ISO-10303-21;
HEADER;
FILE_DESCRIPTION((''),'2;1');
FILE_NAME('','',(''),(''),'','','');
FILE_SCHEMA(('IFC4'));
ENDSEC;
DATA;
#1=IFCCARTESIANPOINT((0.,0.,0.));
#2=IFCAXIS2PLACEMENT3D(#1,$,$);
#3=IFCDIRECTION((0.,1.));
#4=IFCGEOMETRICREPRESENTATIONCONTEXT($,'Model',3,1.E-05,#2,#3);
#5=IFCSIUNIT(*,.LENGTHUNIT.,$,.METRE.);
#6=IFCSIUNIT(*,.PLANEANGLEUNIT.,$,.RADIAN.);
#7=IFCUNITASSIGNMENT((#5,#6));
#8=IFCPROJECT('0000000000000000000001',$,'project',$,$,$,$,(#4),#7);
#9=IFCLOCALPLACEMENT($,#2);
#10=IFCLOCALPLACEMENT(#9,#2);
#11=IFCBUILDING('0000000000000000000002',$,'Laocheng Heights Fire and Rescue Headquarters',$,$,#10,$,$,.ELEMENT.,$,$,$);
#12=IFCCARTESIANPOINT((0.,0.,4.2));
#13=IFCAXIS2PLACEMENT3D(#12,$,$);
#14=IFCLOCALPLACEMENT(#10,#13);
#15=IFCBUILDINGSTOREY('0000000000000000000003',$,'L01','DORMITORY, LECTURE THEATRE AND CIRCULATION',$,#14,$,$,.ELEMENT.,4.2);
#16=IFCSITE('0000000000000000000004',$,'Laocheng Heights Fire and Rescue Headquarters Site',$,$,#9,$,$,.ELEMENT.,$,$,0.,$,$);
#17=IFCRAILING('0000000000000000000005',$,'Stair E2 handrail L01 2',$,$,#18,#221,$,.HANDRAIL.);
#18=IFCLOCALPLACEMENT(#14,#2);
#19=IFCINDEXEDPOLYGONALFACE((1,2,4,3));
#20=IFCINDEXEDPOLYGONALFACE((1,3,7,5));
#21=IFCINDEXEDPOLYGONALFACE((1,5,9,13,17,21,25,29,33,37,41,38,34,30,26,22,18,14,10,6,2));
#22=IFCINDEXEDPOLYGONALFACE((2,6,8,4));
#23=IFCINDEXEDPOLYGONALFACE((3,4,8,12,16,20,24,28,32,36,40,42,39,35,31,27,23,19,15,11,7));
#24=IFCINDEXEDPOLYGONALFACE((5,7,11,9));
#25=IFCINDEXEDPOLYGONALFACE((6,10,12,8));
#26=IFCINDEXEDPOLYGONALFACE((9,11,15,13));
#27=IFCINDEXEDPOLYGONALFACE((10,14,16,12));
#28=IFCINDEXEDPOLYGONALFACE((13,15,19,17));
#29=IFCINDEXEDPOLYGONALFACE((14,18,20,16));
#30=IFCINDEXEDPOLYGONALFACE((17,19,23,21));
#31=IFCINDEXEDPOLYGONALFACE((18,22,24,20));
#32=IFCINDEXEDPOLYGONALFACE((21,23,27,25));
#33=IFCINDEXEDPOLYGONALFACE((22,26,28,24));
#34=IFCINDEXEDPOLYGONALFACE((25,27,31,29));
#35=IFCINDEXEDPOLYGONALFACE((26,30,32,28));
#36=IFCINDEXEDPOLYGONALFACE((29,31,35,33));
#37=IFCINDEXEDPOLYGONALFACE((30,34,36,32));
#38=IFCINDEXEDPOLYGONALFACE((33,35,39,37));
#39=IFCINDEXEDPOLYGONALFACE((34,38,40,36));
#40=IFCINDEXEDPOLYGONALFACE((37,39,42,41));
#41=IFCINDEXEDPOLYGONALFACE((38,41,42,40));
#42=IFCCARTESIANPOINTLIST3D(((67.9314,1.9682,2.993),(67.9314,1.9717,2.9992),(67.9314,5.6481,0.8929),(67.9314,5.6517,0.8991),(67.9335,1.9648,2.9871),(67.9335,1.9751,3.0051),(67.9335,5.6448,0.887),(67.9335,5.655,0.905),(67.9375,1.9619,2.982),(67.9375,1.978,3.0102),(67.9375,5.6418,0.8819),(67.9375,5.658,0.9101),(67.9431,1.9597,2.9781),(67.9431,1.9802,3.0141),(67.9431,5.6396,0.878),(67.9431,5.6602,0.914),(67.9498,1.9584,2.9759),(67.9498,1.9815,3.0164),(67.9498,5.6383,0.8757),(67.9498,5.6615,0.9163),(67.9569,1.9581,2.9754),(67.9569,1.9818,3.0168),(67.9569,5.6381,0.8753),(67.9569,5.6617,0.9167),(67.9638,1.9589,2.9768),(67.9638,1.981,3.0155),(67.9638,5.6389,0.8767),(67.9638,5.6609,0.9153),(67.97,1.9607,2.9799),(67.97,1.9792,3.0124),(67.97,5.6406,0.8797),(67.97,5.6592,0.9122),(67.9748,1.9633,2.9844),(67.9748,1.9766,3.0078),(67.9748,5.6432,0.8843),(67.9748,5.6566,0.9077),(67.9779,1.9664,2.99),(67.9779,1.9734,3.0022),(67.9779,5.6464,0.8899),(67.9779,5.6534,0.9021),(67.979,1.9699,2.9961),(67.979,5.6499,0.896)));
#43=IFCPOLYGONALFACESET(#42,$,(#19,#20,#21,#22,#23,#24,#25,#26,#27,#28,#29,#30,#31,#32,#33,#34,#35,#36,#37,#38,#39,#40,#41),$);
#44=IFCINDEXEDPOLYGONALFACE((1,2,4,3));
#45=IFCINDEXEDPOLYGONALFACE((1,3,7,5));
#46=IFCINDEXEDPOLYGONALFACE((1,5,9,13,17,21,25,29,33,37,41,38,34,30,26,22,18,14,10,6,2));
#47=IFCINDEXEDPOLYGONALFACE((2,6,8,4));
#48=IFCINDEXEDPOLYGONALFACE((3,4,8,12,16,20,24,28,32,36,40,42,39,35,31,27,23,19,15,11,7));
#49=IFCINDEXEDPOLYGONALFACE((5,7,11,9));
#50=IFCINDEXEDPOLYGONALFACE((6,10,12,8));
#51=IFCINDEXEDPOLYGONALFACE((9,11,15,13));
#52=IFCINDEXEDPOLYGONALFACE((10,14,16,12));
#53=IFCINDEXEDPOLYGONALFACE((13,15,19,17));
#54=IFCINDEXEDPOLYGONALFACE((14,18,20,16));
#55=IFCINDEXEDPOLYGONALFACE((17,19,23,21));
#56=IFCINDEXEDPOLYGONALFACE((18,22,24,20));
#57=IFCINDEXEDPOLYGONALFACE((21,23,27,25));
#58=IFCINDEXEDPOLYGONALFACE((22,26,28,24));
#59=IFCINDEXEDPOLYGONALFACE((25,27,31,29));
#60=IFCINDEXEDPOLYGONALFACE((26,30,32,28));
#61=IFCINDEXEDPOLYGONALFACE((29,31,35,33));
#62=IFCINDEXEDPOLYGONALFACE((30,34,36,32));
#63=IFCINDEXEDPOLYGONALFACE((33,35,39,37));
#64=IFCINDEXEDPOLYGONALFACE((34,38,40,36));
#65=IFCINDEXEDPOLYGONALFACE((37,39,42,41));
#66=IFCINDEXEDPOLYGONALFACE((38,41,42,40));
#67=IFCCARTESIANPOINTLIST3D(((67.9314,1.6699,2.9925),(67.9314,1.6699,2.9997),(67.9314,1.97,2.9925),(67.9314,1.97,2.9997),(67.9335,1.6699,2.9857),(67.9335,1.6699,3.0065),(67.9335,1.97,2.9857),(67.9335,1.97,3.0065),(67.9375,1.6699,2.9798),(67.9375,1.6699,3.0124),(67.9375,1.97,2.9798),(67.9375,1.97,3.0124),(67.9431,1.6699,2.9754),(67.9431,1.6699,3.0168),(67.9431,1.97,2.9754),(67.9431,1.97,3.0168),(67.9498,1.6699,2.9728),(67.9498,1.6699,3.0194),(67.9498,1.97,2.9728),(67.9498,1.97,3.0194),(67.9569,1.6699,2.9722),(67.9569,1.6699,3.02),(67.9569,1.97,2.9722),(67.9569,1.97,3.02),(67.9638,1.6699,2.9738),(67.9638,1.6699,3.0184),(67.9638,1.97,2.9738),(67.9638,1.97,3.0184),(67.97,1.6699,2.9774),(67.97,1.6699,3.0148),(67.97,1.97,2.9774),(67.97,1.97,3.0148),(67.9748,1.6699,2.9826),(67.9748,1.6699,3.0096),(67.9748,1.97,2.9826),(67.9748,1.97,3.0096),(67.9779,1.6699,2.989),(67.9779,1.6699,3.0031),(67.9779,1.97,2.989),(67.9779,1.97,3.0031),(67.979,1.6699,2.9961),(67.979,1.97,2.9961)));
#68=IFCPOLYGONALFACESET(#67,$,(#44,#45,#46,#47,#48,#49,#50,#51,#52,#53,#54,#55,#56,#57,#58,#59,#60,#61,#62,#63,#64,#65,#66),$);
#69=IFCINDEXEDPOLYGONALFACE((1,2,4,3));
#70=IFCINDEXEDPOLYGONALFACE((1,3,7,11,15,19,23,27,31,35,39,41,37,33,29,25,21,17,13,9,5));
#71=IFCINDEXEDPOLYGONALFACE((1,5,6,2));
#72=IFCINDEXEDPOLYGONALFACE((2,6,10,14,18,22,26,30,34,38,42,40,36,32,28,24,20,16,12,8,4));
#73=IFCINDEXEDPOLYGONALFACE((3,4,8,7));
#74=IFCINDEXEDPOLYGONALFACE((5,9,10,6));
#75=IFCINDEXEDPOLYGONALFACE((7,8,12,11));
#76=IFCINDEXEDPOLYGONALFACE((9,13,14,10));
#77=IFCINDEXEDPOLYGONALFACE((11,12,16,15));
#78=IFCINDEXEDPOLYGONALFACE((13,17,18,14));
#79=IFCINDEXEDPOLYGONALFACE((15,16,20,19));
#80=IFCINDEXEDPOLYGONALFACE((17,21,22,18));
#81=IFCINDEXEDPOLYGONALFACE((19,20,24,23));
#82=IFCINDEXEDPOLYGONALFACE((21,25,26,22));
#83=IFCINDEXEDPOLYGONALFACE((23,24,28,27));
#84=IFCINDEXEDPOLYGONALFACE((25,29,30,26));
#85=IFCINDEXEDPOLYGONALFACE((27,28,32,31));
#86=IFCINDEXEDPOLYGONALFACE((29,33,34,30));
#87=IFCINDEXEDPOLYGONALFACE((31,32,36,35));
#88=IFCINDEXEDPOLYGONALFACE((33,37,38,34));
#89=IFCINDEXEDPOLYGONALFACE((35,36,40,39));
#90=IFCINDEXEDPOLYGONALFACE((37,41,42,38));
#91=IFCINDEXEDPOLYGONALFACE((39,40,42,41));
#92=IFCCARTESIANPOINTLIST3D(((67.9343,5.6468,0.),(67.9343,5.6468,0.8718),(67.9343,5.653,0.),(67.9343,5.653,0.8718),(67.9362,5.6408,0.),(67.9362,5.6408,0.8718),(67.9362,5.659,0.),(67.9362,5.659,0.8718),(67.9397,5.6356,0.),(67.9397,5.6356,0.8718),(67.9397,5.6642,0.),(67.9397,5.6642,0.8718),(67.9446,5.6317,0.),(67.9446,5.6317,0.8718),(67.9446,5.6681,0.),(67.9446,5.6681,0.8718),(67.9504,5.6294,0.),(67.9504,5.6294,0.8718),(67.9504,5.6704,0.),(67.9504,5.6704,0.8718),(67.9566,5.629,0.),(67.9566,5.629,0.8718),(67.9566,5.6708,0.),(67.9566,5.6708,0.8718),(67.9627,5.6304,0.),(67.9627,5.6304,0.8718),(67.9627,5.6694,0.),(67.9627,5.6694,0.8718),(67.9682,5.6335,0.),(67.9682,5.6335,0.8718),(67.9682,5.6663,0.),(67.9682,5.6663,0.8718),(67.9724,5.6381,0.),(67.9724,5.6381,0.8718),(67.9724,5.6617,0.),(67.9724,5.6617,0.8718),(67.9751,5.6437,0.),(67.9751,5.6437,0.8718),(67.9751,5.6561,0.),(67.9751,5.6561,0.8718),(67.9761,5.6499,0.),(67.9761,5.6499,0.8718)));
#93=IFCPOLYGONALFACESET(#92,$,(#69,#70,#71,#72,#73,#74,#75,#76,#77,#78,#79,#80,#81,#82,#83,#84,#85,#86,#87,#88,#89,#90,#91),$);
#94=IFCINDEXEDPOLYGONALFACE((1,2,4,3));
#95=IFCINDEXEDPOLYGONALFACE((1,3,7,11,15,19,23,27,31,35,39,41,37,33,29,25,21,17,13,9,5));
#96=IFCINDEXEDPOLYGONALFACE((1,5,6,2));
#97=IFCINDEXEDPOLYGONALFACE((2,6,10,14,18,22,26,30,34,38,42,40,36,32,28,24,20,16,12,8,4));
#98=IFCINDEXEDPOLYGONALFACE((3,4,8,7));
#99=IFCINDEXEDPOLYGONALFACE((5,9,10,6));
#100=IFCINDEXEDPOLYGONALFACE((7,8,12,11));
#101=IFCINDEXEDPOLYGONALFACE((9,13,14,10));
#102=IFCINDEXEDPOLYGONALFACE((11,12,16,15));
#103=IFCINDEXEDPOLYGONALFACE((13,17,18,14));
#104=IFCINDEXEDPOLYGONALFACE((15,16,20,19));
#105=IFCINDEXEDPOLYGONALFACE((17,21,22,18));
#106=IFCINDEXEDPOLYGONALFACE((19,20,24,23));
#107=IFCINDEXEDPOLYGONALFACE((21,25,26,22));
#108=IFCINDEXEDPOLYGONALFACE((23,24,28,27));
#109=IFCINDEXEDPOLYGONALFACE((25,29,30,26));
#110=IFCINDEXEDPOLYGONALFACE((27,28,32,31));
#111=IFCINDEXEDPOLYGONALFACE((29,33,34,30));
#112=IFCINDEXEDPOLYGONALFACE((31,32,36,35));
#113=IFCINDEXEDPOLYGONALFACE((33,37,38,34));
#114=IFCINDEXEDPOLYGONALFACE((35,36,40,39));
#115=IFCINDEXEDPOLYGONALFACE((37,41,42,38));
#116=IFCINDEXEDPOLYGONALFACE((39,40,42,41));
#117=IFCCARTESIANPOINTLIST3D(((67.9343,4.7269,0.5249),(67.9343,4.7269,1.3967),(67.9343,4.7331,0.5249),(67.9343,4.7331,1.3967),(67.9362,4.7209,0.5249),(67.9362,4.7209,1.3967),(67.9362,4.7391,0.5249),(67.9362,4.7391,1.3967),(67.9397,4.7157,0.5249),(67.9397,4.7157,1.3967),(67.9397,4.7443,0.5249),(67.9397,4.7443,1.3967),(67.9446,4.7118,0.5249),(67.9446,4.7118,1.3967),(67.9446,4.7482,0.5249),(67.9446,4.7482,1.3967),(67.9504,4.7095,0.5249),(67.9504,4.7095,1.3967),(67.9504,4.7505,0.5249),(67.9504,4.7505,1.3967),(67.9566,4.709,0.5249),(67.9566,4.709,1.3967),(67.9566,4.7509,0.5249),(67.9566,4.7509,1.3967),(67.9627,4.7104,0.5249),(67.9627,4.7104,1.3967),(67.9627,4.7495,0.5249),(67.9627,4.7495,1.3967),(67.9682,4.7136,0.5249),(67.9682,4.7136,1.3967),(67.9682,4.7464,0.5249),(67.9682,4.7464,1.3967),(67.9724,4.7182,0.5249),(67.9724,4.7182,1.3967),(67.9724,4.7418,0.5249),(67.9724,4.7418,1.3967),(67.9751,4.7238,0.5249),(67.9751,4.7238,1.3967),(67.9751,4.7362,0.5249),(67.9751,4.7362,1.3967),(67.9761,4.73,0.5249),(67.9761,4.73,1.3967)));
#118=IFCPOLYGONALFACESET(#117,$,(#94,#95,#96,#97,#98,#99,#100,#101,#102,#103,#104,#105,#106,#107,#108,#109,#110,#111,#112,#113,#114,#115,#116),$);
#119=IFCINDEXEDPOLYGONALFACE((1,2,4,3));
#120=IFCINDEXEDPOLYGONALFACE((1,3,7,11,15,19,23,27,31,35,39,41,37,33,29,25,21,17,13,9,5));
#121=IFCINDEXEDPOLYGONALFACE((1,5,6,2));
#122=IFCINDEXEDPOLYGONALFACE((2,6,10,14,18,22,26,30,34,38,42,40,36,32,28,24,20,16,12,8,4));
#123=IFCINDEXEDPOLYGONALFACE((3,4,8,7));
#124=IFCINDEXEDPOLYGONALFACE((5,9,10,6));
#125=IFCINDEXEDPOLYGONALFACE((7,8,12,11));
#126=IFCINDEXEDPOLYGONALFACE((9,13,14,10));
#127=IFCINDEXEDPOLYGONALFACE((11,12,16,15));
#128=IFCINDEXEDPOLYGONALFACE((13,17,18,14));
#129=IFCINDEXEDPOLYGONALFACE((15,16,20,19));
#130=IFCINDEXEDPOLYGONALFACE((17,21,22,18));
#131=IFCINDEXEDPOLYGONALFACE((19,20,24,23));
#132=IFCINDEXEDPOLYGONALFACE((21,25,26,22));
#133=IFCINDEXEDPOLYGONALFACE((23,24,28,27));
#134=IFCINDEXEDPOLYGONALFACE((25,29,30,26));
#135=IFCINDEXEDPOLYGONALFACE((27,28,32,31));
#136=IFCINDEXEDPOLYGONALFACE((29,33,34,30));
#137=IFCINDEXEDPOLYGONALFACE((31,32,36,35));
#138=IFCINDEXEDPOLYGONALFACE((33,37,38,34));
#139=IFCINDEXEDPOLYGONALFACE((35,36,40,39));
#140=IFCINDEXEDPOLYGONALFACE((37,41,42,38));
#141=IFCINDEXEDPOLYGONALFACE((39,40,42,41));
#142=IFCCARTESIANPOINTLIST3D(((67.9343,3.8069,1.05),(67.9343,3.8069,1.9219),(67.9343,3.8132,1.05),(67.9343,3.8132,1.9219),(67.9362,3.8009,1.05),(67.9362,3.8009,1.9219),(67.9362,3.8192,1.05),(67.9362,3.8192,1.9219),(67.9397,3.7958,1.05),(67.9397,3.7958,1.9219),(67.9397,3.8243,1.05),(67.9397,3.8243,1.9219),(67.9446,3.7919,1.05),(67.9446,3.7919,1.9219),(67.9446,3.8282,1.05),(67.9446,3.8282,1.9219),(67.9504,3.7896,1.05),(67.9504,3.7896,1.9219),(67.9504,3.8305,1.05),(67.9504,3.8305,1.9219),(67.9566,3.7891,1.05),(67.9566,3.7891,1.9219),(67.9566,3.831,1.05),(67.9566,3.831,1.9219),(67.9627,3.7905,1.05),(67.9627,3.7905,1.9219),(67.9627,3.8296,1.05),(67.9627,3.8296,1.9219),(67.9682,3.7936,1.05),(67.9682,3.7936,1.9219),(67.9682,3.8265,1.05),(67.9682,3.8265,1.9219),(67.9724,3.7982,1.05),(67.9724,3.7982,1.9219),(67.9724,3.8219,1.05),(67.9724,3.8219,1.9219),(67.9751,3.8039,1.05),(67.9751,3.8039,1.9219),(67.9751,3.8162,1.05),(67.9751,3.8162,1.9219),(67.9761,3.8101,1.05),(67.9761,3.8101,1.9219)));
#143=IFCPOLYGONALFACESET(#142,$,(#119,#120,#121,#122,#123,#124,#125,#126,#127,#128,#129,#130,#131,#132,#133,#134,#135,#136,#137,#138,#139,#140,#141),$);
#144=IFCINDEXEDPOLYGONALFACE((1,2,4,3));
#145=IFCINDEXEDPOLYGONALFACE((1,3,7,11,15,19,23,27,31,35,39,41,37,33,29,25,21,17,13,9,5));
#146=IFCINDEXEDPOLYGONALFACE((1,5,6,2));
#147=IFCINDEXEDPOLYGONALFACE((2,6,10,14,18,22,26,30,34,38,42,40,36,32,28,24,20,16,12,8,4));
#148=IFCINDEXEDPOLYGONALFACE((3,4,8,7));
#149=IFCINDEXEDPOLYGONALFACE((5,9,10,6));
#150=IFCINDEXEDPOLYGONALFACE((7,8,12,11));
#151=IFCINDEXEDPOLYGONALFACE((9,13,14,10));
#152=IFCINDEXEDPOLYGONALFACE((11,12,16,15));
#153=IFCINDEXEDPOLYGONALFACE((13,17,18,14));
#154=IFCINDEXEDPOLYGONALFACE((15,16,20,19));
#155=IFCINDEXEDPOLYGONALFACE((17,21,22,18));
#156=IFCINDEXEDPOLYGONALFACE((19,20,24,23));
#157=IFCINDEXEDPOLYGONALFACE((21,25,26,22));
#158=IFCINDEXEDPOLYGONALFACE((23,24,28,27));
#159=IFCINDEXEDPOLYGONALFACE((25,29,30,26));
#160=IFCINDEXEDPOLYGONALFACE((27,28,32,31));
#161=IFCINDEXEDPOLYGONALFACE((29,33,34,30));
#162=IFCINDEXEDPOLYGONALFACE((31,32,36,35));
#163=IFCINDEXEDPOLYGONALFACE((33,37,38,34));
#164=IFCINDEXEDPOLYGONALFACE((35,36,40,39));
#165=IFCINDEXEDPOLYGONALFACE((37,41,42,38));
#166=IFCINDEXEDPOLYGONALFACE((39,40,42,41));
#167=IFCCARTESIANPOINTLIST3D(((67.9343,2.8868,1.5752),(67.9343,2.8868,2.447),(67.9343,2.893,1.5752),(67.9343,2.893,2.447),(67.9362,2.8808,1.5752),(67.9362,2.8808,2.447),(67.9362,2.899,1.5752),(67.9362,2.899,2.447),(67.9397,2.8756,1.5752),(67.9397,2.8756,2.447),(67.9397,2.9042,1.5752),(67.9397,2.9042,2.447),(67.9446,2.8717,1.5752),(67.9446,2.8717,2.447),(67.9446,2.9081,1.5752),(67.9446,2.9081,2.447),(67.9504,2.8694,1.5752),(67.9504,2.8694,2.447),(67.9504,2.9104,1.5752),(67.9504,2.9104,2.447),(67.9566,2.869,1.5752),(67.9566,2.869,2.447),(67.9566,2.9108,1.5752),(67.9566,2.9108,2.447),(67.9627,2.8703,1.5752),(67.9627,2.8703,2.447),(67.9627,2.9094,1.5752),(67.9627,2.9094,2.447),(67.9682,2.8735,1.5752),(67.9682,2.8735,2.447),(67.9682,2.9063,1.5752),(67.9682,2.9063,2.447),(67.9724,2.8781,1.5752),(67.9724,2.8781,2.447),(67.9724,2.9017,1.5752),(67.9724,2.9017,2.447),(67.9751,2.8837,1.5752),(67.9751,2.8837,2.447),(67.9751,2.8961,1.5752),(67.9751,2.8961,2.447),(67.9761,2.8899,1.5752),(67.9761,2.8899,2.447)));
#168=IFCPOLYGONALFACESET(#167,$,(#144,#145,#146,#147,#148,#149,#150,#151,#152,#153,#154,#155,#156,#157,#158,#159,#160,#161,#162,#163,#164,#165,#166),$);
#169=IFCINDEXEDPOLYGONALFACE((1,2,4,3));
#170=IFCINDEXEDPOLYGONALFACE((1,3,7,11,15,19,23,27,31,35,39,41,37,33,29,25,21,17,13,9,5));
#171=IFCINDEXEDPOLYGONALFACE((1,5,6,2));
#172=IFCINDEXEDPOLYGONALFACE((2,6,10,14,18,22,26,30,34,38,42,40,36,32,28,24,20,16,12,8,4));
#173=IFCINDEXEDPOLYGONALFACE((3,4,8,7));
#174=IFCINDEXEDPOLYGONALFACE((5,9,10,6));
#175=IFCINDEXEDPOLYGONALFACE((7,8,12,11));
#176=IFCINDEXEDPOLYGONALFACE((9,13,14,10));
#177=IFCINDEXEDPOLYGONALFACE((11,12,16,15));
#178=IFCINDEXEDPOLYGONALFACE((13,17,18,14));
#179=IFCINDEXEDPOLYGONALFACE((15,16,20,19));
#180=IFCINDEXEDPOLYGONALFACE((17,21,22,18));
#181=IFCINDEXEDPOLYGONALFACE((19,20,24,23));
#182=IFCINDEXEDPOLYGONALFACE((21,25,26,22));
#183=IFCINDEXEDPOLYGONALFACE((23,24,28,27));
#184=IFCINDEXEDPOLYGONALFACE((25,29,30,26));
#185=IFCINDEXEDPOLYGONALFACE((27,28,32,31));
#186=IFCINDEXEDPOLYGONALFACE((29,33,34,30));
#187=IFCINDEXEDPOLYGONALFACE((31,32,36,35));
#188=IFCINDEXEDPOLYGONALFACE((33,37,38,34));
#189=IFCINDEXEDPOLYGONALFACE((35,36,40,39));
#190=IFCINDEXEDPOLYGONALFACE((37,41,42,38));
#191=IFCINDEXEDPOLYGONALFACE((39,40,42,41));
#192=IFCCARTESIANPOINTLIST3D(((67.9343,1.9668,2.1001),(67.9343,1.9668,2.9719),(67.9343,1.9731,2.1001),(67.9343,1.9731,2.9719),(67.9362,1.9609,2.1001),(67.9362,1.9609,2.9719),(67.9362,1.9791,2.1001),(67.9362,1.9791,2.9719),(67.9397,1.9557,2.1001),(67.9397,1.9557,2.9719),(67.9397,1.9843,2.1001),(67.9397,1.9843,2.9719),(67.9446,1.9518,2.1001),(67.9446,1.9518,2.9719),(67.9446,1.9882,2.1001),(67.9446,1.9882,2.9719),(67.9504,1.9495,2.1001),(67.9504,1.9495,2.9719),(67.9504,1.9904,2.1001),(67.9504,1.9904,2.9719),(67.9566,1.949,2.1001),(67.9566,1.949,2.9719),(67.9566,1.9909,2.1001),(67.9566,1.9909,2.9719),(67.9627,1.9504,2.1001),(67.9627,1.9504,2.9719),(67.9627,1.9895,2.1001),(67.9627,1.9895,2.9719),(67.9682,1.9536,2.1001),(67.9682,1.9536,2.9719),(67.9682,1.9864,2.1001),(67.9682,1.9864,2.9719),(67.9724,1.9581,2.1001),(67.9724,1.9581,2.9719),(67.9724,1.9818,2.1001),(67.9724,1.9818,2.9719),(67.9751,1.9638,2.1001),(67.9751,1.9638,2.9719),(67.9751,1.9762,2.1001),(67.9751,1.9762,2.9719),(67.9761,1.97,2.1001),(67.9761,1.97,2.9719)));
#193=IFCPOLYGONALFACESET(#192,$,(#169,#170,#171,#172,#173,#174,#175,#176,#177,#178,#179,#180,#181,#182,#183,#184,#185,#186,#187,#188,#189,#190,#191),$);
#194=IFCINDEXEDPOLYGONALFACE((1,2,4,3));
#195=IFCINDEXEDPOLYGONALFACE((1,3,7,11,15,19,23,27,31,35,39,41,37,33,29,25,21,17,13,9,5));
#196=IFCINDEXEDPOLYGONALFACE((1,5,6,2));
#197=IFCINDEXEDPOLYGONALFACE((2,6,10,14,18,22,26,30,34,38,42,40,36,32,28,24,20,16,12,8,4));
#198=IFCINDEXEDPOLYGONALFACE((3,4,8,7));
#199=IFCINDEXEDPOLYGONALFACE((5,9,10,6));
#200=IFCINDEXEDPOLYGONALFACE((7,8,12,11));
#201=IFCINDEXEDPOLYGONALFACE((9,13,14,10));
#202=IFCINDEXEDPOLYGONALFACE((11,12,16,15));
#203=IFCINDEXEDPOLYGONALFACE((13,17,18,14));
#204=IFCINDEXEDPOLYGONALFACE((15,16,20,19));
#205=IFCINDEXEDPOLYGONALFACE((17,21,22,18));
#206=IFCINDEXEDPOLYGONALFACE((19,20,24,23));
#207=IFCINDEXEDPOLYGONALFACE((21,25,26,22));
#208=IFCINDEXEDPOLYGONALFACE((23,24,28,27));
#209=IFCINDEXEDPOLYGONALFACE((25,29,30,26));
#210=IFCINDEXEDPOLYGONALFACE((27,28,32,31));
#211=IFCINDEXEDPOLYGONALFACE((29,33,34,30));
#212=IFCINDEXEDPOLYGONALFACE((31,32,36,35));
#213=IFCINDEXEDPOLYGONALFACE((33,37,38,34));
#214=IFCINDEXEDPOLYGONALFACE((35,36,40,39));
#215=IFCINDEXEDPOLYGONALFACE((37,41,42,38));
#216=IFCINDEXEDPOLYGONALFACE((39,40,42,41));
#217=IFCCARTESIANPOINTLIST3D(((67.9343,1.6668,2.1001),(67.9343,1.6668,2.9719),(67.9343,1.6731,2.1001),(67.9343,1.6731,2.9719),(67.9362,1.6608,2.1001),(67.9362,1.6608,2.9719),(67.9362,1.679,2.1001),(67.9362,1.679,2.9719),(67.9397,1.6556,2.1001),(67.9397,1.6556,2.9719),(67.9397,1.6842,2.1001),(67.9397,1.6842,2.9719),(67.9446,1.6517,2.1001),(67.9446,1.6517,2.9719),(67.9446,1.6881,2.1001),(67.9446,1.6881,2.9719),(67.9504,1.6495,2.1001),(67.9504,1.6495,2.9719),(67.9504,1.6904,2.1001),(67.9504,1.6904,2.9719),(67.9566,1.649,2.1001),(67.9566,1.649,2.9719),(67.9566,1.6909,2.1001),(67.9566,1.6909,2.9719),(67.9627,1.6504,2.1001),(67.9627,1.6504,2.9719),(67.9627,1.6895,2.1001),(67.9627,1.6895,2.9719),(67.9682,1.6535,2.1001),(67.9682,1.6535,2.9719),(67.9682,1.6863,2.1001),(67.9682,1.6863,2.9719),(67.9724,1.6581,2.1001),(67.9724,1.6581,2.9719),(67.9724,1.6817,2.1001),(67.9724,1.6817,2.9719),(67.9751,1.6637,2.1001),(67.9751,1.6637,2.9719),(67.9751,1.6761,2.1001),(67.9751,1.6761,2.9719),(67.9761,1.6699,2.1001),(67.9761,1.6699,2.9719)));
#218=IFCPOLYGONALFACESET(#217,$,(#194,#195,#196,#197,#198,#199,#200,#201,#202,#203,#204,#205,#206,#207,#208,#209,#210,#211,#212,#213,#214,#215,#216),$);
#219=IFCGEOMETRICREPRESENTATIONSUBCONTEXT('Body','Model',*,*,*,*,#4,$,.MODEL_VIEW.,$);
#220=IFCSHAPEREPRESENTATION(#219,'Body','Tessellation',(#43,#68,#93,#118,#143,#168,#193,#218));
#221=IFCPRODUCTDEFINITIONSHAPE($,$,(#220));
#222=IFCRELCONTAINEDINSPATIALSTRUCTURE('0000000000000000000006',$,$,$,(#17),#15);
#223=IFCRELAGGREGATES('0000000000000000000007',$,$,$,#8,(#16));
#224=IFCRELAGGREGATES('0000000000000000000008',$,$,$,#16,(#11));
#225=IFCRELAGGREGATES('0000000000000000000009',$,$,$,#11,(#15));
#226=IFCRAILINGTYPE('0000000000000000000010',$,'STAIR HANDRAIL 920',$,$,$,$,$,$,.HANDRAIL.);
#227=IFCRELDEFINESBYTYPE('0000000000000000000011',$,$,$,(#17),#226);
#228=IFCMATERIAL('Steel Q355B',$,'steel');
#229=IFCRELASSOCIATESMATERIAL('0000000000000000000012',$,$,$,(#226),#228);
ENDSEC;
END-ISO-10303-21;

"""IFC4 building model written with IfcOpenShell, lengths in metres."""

from ifc_helpers import new_model, si_unit, direction, frame, origin, origin_2d, place, context, subcontext, project, spatial, circle, extrude, material, type_object, element, save


model = new_model("IFC4")

# Units and contexts
model_context = context("Model", 3, precision=1e-05, world=origin(), true_north=direction((0.0, 1.0)))
body_context = subcontext(model_context, "Body", "Model", "MODEL_VIEW")
ifc_project = project(units=[si_unit("LENGTHUNIT", "METRE"), si_unit("PLANEANGLEUNIT", "RADIAN")], contexts=[model_context])

# Site, building, storey
site_placement = place(None, origin())
site = spatial("IfcSite", under=ifc_project, at=site_placement, Name="Laocheng Heights Fire and Rescue Headquarters Site", CompositionType="ELEMENT", RefElevation=0.0)
building_placement = place(site_placement, origin())
building = spatial("IfcBuilding", under=site, at=building_placement, Name="Laocheng Heights Fire and Rescue Headquarters", CompositionType="ELEMENT")
storey_placement = place(building_placement, frame((0.0, 0.0, 4.2)))
storey = spatial("IfcBuildingStorey", under=building, at=storey_placement, Name="L01", Description="DORMITORY, LECTURE THEATRE AND CIRCULATION", CompositionType="ELEMENT", Elevation=4.2)

# Railing
ifc_material_1 = material(Name="Steel Q355B", Category="steel")
railing_type_1 = type_object("IfcRailingType", Name="STAIR HANDRAIL 920", PredefinedType="HANDRAIL", material=ifc_material_1)
railing_1_placement = place(storey_placement, frame((67.9551, 5.6499, 0.0)))
element("IfcRailing", 1, at=railing_1_placement, inside=storey, type_object=railing_type_1, Name="Stair E2 handrail L01 2", PredefinedType="HANDRAIL", context=body_context, shape_type="SweptSolid", body=[
    extrude(circle(Radius=0.0239, at=origin_2d()), frame((0.0, 0.0, 0.896), z_axis=(0.0, -0.86852, 0.495655), x_axis=(1.0, 0.0, 0.0)), (0.0, 0.0, 1.0), 4.2371),
    extrude(circle(Radius=0.0239, at=origin_2d()), frame((0.0, -3.6799, 2.9961), z_axis=(0.0, -1.0, 0.0), x_axis=(1.0, 0.0, 0.0)), (0.0, 0.0, 1.0), 0.3),
    extrude(circle(Radius=0.021, at=origin_2d()), origin(), (0.0, 0.0, 1.0), 0.8718),
    extrude(circle(Radius=0.021, at=origin_2d()), frame((0.0, -0.9199, 0.5249)), (0.0, 0.0, 1.0), 0.8718),
    extrude(circle(Radius=0.021, at=origin_2d()), frame((0.0, -1.8398, 1.05)), (0.0, 0.0, 1.0), 0.8718),
    extrude(circle(Radius=0.021, at=origin_2d()), frame((0.0, -2.76, 1.5752)), (0.0, 0.0, 1.0), 0.8718),
    extrude(circle(Radius=0.021, at=origin_2d()), frame((0.0, -3.6799, 2.1001)), (0.0, 0.0, 1.0), 0.8718),
    extrude(circle(Radius=0.021, at=origin_2d()), frame((0.0, -3.98, 2.1001)), (0.0, 0.0, 1.0), 0.8718),
])

save(model, "model.ifc")
